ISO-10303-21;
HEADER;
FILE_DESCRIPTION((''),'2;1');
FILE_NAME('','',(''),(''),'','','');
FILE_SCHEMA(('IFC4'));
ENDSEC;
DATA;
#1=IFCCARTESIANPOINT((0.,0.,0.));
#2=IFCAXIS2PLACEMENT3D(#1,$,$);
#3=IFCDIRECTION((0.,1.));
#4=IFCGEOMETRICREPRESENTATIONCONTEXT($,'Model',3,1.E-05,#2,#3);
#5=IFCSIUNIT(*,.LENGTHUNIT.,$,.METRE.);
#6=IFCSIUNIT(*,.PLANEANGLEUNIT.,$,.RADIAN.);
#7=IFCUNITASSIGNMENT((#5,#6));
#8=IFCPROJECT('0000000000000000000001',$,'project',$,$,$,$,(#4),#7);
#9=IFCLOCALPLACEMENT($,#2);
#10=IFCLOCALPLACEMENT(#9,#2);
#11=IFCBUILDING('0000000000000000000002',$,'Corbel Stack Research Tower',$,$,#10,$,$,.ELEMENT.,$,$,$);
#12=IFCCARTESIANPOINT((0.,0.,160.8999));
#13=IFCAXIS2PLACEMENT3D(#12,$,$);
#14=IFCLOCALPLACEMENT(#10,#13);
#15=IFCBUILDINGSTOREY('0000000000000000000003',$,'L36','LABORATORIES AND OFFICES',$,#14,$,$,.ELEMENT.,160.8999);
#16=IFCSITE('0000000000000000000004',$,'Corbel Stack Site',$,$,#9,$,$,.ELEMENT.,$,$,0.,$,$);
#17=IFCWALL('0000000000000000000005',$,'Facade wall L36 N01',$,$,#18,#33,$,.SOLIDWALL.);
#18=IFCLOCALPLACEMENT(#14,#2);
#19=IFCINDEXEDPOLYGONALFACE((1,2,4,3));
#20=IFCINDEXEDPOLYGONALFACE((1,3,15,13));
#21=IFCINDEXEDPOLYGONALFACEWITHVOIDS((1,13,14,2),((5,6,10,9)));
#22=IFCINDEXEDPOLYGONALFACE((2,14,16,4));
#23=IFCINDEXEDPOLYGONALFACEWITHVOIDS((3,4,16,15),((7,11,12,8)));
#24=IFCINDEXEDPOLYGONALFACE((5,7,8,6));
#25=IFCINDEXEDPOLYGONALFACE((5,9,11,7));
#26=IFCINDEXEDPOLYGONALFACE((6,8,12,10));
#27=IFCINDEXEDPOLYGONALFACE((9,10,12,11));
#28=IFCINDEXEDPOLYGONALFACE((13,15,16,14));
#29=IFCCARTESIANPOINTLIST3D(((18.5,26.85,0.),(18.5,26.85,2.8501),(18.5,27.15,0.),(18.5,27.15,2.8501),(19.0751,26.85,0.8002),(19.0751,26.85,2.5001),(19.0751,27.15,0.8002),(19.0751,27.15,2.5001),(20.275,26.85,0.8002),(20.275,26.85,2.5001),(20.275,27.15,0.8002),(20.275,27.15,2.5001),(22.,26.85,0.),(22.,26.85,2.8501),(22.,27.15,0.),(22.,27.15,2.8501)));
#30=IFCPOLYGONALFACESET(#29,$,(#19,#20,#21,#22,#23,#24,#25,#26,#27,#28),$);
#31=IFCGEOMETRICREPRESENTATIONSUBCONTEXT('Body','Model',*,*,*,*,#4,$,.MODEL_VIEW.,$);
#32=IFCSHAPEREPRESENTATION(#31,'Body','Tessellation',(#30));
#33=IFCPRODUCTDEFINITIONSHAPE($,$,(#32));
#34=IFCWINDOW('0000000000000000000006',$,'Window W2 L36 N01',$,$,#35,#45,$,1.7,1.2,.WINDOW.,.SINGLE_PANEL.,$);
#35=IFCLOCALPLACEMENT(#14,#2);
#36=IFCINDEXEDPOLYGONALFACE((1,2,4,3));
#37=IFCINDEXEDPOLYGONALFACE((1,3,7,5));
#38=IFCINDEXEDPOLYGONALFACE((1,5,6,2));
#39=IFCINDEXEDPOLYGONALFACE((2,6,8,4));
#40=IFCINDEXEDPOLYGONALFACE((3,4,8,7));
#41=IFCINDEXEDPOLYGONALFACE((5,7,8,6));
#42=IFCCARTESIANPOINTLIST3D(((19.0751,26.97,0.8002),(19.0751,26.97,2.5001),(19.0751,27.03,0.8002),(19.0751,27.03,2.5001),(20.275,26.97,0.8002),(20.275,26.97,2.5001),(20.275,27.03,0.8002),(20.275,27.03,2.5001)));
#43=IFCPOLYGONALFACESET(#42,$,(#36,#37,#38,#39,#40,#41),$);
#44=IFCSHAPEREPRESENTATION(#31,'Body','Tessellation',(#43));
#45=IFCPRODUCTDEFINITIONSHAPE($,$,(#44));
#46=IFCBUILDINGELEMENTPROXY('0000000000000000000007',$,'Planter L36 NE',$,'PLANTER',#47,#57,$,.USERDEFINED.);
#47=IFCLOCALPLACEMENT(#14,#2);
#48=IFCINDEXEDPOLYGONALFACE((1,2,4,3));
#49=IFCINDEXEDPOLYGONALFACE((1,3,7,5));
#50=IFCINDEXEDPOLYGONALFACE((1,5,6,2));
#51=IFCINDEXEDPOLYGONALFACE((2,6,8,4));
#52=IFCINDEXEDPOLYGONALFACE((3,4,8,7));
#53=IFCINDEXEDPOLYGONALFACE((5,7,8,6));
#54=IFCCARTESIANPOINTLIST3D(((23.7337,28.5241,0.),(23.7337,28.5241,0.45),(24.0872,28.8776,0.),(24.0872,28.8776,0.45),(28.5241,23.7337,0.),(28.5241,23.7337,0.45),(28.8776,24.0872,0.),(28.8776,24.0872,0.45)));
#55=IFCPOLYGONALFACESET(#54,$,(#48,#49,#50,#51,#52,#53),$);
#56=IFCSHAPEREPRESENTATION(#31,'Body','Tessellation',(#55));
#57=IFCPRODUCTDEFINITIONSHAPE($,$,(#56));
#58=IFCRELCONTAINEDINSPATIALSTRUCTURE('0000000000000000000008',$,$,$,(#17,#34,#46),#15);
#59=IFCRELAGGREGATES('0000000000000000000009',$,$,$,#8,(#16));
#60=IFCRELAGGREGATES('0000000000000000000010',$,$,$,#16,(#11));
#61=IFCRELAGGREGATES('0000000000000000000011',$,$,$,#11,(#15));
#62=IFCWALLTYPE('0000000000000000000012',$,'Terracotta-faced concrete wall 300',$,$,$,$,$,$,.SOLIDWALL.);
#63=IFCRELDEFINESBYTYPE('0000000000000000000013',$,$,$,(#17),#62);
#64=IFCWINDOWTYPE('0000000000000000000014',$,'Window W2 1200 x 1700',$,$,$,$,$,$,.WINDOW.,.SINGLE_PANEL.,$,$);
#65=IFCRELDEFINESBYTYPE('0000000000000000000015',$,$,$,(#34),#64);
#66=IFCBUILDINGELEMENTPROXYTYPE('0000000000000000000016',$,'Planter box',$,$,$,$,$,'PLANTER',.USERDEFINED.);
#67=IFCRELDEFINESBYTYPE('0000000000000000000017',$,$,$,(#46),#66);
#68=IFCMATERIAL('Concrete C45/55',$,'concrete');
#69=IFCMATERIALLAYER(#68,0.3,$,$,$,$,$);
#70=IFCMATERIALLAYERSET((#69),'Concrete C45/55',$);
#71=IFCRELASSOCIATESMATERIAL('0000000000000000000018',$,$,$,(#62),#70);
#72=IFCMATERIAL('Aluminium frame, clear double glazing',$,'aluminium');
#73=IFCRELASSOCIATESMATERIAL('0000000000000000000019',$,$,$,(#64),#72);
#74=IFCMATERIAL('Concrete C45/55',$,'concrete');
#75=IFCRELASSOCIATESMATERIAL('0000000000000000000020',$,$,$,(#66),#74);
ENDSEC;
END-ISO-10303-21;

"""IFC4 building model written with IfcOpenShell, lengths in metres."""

from ifc_helpers import new_model, si_unit, direction, frame, frame_2d, origin, origin_2d, place, context, subcontext, project, spatial, rectangle, extrude, material, layer, layer_set, type_object, element, fill, save


model = new_model("IFC4")

# Units and contexts
model_context = context("Model", 3, precision=1e-05, world=origin(), true_north=direction((0.0, 1.0)))
body_context = subcontext(model_context, "Body", "Model", "MODEL_VIEW")
ifc_project = project(units=[si_unit("LENGTHUNIT", "METRE"), si_unit("PLANEANGLEUNIT", "RADIAN")], contexts=[model_context])

# Site, building, storey
site_placement = place(None, origin())
site = spatial("IfcSite", under=ifc_project, at=site_placement, Name="Corbel Stack Site", CompositionType="ELEMENT", RefElevation=0.0)
building_placement = place(site_placement, origin())
building = spatial("IfcBuilding", under=site, at=building_placement, Name="Corbel Stack Research Tower", CompositionType="ELEMENT")
storey_placement = place(building_placement, frame((0.0, 0.0, 160.8999)))
storey = spatial("IfcBuildingStorey", under=building, at=storey_placement, Name="L36", Description="LABORATORIES AND OFFICES", CompositionType="ELEMENT", Elevation=160.8999)

# Shared definitions
ifc_material_1 = material(Name="Concrete C45/55", Category="concrete")
ifc_layer_1 = layer(ifc_material_1, 0.3)
ifc_layer_set_1 = layer_set([ifc_layer_1], Name="Concrete C45/55")
wall_type_1 = type_object("IfcWallType", Name="Terracotta-faced concrete wall 300", PredefinedType="SOLIDWALL", material=ifc_layer_set_1)

# Wall, opening, window
wall_1_placement = place(storey_placement, frame((18.5, 27.0, 0.0), z_axis=(0.0, 0.0, 1.0), x_axis=(1.0, 0.0, 0.0)))
wall_1 = element("IfcWall", 1, at=wall_1_placement, inside=storey, type_object=wall_type_1, Name="Facade wall L36 N01", PredefinedType="SOLIDWALL", context=body_context, shape_type="SweptSolid", body=[
    extrude(rectangle(XDim=3.5, YDim=0.3, at=frame_2d((1.75, 0.0))), origin(), (0.0, 0.0, 1.0), 2.8501),
])
opening_1_placement = place(wall_1_placement, frame((0.575, 0.0, 0.8)))
opening_1 = element("IfcOpeningElement", 2, at=opening_1_placement, cuts=wall_1, PredefinedType="OPENING", context=body_context, shape_type="SweptSolid", body=[
    extrude(rectangle(XDim=1.2, YDim=1.7, at=frame_2d((0.6001, 0.8501))), frame((0.0, 0.1599, 0.0), z_axis=(0.0, -1.0, 0.0), x_axis=(1.0, 0.0, 0.0)), (0.0, 0.0, 1.0), 0.3201),
])
ifc_material_2 = material(Name="Aluminium frame, clear double glazing", Category="aluminium")
window_type_1 = type_object("IfcWindowType", Name="Window W2 1200 x 1700", PartitioningType="SINGLE_PANEL", PredefinedType="WINDOW", material=ifc_material_2)
window_1_placement = place(opening_1_placement, origin())
window_1 = element("IfcWindow", 3, at=window_1_placement, inside=storey, type_object=window_type_1, Name="Window W2 L36 N01", OverallHeight=1.7, OverallWidth=1.2, PartitioningType="SINGLE_PANEL", PredefinedType="WINDOW", context=body_context, shape_type="SweptSolid", body=[
    extrude(rectangle(XDim=1.2, YDim=1.7, at=frame_2d((0.6001, 0.8501))), frame((0.0, 0.03, 0.0), z_axis=(0.0, -1.0, 0.0), x_axis=(1.0, 0.0, 0.0)), (0.0, 0.0, 1.0), 0.0601),
])
fill(opening_1, window_1)

# Building element proxy
ifc_material_3 = material(Name="Concrete C45/55", Category="concrete")
building_element_proxy_type = type_object("IfcBuildingElementProxyType", Name="Planter box", ElementType="PLANTER", PredefinedType="USERDEFINED", material=ifc_material_3)
proxy_placement = place(storey_placement, frame((26.3057, 26.3057, 0.0), z_axis=(0.0, 0.0, 1.0), x_axis=(-0.707107, 0.707107, 0.0)))
element("IfcBuildingElementProxy", 4, at=proxy_placement, inside=storey, type_object=building_element_proxy_type, Name="Planter L36 NE", ObjectType="PLANTER", PredefinedType="USERDEFINED", context=body_context, shape_type="SweptSolid", body=[
    extrude(rectangle(XDim=6.7747, YDim=0.5, at=origin_2d()), origin(), (0.0, 0.0, 1.0), 0.45),
])

save(model, "model.ifc")
